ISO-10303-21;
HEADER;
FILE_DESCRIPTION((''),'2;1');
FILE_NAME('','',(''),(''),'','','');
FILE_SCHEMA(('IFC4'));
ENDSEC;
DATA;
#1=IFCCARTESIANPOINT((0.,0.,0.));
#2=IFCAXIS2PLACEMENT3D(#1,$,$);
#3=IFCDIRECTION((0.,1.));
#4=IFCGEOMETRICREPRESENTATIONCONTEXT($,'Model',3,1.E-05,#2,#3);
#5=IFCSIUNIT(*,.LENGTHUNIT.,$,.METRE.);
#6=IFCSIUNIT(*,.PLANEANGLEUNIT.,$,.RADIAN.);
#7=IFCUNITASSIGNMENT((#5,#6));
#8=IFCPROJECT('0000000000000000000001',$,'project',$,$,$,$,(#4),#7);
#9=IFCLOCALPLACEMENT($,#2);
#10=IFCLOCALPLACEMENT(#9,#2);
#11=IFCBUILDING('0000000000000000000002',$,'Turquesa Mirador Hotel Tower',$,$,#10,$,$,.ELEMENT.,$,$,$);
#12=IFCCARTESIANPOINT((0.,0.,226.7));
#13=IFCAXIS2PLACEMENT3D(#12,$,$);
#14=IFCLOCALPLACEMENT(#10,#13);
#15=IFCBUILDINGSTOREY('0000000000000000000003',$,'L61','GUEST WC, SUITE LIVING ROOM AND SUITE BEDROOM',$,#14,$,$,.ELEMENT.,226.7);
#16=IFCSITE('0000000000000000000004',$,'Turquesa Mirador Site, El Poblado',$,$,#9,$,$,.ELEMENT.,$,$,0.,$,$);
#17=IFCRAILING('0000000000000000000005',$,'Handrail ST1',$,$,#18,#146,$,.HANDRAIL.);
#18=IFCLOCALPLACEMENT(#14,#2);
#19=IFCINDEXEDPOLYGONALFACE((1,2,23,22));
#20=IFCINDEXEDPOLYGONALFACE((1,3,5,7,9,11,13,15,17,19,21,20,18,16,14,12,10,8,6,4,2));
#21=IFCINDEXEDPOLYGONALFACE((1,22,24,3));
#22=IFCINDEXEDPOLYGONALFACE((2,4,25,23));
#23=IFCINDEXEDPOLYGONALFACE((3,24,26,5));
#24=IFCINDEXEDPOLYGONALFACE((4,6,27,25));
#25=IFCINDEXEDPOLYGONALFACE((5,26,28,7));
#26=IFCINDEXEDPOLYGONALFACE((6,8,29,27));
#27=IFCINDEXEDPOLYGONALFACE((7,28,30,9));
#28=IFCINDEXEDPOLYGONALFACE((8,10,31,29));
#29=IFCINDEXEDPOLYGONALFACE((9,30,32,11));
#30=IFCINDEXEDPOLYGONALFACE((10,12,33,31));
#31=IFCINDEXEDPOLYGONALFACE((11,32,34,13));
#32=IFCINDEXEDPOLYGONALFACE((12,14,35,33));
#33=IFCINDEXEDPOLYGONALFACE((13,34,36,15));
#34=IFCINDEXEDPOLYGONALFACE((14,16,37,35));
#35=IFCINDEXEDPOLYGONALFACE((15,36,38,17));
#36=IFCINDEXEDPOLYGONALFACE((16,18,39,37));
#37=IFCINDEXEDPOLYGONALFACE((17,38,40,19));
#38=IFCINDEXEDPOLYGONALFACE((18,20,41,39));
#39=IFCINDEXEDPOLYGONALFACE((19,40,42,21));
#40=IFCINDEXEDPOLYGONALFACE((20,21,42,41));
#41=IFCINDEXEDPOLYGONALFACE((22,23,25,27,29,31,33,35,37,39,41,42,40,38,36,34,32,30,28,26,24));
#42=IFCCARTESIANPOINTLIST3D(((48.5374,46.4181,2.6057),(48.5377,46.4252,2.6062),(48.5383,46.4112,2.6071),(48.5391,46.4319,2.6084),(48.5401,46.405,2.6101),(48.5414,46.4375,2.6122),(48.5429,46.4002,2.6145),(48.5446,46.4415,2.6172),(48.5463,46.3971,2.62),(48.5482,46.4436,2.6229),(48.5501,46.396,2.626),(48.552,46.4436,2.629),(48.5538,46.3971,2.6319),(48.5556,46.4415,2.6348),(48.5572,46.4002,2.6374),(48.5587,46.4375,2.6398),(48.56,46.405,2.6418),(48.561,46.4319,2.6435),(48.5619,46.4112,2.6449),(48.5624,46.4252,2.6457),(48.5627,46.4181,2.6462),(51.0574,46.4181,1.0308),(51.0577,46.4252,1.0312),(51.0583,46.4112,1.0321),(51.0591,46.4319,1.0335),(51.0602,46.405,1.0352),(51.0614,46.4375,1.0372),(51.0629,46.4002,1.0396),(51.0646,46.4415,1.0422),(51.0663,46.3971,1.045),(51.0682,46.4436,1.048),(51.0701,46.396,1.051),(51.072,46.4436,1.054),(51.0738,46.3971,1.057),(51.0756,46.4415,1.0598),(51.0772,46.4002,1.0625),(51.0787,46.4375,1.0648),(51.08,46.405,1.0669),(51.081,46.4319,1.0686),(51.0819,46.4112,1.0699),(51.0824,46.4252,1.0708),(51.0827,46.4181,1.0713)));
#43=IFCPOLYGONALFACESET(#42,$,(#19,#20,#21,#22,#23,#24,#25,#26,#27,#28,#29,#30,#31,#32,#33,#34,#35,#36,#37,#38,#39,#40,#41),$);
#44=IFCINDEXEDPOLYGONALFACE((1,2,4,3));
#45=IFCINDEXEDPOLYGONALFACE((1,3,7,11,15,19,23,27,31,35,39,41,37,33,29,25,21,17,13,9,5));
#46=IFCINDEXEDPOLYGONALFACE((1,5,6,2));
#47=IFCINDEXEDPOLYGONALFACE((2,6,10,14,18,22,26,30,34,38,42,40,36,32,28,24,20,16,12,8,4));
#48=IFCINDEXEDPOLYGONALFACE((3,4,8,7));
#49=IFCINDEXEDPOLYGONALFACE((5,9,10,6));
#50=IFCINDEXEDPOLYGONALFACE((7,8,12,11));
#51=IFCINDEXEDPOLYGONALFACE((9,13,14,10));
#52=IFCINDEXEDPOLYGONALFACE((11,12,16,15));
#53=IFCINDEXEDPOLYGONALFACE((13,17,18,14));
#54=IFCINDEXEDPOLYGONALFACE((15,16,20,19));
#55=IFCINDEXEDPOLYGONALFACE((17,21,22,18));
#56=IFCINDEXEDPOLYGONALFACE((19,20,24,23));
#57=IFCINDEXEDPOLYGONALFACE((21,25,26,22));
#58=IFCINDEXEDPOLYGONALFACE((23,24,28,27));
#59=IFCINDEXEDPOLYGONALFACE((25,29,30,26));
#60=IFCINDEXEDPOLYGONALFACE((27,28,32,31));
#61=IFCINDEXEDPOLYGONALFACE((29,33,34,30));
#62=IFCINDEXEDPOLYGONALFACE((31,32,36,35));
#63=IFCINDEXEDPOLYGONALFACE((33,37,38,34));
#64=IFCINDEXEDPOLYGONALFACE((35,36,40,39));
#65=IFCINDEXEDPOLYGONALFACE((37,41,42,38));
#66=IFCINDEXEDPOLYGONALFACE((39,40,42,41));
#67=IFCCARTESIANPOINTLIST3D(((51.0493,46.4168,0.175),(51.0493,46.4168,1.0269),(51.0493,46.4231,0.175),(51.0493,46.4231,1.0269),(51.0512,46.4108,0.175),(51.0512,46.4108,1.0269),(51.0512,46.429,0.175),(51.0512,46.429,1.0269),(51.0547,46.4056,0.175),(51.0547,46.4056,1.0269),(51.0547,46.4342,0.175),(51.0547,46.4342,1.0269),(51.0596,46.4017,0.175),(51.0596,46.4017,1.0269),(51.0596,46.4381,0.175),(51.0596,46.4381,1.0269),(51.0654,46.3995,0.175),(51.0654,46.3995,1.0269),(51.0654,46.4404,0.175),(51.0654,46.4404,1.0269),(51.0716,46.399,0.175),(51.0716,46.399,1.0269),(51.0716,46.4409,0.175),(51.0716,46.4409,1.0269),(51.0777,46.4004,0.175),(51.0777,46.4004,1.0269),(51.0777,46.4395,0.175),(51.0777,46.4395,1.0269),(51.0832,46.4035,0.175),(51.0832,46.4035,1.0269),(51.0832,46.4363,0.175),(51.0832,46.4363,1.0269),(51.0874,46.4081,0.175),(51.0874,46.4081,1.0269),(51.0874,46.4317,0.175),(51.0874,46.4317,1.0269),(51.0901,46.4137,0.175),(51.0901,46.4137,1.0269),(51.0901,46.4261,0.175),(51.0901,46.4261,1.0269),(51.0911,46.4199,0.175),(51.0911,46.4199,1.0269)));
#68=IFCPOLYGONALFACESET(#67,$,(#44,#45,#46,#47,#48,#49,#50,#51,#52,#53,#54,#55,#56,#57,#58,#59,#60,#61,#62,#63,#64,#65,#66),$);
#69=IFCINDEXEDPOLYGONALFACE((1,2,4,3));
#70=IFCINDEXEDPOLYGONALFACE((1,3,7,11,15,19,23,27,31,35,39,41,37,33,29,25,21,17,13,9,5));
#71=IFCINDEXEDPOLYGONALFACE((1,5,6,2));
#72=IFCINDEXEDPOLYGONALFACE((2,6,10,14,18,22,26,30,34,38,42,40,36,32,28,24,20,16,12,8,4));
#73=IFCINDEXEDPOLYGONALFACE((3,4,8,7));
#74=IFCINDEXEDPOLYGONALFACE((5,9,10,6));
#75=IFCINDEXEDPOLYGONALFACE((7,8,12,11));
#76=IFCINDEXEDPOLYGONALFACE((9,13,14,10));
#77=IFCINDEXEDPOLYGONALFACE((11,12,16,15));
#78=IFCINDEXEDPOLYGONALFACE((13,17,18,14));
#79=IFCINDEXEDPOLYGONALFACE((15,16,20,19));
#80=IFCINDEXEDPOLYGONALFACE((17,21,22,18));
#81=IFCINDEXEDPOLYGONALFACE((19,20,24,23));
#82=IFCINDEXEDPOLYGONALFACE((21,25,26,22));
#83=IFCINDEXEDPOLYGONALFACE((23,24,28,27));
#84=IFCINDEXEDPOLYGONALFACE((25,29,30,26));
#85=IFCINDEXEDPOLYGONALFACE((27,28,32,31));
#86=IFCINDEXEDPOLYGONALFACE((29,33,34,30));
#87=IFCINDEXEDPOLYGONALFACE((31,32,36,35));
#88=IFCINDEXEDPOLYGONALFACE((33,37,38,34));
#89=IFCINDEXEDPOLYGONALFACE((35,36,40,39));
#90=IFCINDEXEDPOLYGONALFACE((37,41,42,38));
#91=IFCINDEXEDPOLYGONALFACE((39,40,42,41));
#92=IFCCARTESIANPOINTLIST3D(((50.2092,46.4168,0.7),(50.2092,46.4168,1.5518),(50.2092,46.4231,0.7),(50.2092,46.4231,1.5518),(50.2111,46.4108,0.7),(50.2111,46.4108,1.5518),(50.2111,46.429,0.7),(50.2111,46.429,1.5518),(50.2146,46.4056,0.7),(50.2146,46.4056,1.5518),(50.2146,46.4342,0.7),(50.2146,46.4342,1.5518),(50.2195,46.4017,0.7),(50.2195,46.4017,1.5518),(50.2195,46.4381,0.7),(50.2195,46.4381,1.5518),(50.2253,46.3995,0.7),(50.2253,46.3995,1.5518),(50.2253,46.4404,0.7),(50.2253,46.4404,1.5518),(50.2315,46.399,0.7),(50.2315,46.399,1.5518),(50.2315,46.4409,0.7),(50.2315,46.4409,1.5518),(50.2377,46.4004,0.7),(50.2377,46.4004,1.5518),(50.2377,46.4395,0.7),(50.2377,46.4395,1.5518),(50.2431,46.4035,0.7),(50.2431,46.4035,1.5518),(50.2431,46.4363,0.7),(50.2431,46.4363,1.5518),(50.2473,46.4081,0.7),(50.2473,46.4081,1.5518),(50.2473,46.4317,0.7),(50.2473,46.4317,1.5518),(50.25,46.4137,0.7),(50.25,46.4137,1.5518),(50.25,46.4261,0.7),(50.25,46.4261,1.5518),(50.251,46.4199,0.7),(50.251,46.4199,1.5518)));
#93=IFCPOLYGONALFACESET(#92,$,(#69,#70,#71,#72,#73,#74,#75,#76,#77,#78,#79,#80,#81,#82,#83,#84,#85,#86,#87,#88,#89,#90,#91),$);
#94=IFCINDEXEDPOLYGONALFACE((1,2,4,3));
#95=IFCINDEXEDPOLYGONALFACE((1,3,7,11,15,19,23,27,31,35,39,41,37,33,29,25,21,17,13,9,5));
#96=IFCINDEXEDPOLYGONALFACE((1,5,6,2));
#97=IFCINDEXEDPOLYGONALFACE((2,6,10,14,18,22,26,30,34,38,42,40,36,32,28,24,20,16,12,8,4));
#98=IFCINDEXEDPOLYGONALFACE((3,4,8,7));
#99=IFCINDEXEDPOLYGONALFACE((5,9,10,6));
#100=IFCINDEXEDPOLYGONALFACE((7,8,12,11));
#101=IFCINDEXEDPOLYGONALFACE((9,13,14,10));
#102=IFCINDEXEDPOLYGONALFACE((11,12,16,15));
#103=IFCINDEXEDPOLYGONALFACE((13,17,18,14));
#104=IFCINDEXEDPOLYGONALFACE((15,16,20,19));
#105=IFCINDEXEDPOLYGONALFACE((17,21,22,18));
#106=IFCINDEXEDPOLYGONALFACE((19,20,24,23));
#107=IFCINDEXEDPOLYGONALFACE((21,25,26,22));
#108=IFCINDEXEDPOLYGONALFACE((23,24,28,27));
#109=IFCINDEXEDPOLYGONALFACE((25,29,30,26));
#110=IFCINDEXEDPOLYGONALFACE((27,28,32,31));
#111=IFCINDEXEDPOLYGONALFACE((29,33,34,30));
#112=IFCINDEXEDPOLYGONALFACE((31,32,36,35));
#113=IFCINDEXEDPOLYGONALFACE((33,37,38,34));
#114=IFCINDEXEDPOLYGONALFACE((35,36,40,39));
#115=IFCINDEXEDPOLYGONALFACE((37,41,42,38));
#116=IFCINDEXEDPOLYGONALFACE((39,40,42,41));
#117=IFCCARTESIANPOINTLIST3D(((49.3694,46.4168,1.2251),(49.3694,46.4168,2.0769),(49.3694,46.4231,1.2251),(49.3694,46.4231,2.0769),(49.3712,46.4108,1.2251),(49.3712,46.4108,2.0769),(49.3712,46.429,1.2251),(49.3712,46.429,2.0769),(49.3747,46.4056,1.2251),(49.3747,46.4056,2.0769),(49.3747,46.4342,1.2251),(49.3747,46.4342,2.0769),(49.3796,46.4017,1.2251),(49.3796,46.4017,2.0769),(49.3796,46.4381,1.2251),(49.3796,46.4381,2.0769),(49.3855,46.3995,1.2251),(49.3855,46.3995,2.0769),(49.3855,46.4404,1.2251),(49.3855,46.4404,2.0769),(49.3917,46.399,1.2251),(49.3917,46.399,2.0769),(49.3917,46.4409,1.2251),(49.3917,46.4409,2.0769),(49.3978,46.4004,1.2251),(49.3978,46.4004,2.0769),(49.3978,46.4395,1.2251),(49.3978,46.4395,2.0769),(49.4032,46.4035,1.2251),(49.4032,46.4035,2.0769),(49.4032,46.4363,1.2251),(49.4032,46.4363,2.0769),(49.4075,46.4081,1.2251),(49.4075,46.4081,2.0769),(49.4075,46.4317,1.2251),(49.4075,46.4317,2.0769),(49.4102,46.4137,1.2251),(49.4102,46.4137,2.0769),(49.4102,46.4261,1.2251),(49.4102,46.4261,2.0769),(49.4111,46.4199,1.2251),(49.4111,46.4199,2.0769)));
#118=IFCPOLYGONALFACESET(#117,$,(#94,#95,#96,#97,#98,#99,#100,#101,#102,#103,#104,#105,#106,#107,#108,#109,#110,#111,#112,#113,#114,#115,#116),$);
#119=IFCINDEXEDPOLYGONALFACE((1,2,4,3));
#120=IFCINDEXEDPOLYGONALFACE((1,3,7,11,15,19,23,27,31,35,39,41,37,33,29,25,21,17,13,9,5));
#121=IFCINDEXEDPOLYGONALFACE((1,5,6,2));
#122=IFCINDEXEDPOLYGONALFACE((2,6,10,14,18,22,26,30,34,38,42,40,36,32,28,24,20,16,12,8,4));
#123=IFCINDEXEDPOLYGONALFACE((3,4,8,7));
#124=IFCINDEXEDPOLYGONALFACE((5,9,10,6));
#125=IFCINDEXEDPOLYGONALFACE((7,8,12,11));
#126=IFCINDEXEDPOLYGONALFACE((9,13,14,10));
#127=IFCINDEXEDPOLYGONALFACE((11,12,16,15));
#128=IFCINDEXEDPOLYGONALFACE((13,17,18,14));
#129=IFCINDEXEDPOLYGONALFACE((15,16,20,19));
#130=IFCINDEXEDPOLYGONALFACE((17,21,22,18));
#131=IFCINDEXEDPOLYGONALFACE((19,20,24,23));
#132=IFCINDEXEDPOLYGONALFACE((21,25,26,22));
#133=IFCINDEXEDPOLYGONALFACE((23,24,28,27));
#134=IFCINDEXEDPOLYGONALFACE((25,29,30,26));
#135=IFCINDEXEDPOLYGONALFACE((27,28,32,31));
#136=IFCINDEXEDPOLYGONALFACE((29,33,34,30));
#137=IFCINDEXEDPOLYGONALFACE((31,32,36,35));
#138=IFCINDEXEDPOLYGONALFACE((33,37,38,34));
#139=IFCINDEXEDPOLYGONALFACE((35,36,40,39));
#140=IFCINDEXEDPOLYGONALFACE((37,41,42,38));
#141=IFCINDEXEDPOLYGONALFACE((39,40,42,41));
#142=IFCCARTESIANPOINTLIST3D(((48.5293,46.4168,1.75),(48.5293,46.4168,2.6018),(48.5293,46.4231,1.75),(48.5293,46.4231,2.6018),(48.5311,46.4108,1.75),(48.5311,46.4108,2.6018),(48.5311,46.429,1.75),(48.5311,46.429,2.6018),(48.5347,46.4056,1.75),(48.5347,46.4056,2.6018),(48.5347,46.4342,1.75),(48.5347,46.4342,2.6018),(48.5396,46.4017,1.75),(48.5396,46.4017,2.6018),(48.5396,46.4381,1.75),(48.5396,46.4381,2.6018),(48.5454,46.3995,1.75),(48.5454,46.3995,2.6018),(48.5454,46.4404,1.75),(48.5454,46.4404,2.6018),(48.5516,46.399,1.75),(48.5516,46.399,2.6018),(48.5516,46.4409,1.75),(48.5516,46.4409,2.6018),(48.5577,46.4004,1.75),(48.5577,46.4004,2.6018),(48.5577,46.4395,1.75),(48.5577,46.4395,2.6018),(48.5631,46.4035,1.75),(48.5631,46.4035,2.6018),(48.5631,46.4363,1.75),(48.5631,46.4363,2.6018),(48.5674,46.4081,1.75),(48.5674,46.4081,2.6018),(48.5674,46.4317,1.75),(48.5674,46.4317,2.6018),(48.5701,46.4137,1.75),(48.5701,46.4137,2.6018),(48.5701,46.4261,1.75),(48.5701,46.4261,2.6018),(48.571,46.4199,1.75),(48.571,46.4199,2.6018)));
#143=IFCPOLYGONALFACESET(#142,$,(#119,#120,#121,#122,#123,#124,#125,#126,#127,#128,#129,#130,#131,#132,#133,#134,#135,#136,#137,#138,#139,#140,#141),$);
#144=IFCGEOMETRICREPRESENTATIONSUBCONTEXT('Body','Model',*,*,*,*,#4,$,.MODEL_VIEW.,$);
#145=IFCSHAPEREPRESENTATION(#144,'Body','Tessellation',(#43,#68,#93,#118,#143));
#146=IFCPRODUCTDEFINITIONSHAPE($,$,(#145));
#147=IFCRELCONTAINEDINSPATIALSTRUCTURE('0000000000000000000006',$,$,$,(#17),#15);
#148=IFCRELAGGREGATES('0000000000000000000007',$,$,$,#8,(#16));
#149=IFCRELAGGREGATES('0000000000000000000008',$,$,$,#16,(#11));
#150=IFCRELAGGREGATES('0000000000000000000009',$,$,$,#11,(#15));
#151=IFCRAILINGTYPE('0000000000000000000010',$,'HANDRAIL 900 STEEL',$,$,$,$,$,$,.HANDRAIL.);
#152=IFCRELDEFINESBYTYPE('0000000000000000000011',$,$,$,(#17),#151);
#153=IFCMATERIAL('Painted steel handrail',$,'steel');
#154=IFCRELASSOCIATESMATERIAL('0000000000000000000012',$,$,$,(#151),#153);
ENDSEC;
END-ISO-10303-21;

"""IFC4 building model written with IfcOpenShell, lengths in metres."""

from ifc_helpers import new_model, si_unit, direction, frame, origin, origin_2d, place, context, subcontext, project, spatial, circle, extrude, material, type_object, element, save


model = new_model("IFC4")

# Units and contexts
model_context = context("Model", 3, precision=1e-05, world=origin(), true_north=direction((0.0, 1.0)))
body_context = subcontext(model_context, "Body", "Model", "MODEL_VIEW")
ifc_project = project(units=[si_unit("LENGTHUNIT", "METRE"), si_unit("PLANEANGLEUNIT", "RADIAN")], contexts=[model_context])

# Site, building, storey
site_placement = place(None, origin())
site = spatial("IfcSite", under=ifc_project, at=site_placement, Name="Turquesa Mirador Site, El Poblado", CompositionType="ELEMENT", RefElevation=0.0)
building_placement = place(site_placement, origin())
building = spatial("IfcBuilding", under=site, at=building_placement, Name="Turquesa Mirador Hotel Tower", CompositionType="ELEMENT")
storey_placement = place(building_placement, frame((0.0, 0.0, 226.7)))
storey = spatial("IfcBuildingStorey", under=building, at=storey_placement, Name="L61", Description="GUEST WC, SUITE LIVING ROOM AND SUITE BEDROOM", CompositionType="ELEMENT", Elevation=226.7)

# Railing
ifc_material_1 = material(Name="Painted steel handrail", Category="steel")
railing_type = type_object("IfcRailingType", Name="HANDRAIL 900 STEEL", PredefinedType="HANDRAIL", material=ifc_material_1)
railing_1_placement = place(storey_placement, frame((51.0701, 46.4199, 0.175)))
element("IfcRailing", 1, at=railing_1_placement, inside=storey, type_object=railing_type, Name="Handrail ST1", PredefinedType="HANDRAIL", context=body_context, shape_type="SweptSolid", body=[
    extrude(circle(Radius=0.0239, at=origin_2d()), frame((0.0, 0.0, 0.876), z_axis=(-0.848008, 0.0, 0.529984), x_axis=(0.0, -1.0, 0.0)), (0.0, 0.0, 1.0), 2.9717),
    extrude(circle(Radius=0.021, at=origin_2d()), origin(), (0.0, 0.0, 1.0), 0.8518),
    extrude(circle(Radius=0.021, at=origin_2d()), frame((-0.8401, 0.0, 0.5249)), (0.0, 0.0, 1.0), 0.8518),
    extrude(circle(Radius=0.021, at=origin_2d()), frame((-1.6799, 0.0, 1.05)), (0.0, 0.0, 1.0), 0.8518),
    extrude(circle(Radius=0.021, at=origin_2d()), frame((-2.52, 0.0, 1.575)), (0.0, 0.0, 1.0), 0.8518),
])

save(model, "model.ifc")
